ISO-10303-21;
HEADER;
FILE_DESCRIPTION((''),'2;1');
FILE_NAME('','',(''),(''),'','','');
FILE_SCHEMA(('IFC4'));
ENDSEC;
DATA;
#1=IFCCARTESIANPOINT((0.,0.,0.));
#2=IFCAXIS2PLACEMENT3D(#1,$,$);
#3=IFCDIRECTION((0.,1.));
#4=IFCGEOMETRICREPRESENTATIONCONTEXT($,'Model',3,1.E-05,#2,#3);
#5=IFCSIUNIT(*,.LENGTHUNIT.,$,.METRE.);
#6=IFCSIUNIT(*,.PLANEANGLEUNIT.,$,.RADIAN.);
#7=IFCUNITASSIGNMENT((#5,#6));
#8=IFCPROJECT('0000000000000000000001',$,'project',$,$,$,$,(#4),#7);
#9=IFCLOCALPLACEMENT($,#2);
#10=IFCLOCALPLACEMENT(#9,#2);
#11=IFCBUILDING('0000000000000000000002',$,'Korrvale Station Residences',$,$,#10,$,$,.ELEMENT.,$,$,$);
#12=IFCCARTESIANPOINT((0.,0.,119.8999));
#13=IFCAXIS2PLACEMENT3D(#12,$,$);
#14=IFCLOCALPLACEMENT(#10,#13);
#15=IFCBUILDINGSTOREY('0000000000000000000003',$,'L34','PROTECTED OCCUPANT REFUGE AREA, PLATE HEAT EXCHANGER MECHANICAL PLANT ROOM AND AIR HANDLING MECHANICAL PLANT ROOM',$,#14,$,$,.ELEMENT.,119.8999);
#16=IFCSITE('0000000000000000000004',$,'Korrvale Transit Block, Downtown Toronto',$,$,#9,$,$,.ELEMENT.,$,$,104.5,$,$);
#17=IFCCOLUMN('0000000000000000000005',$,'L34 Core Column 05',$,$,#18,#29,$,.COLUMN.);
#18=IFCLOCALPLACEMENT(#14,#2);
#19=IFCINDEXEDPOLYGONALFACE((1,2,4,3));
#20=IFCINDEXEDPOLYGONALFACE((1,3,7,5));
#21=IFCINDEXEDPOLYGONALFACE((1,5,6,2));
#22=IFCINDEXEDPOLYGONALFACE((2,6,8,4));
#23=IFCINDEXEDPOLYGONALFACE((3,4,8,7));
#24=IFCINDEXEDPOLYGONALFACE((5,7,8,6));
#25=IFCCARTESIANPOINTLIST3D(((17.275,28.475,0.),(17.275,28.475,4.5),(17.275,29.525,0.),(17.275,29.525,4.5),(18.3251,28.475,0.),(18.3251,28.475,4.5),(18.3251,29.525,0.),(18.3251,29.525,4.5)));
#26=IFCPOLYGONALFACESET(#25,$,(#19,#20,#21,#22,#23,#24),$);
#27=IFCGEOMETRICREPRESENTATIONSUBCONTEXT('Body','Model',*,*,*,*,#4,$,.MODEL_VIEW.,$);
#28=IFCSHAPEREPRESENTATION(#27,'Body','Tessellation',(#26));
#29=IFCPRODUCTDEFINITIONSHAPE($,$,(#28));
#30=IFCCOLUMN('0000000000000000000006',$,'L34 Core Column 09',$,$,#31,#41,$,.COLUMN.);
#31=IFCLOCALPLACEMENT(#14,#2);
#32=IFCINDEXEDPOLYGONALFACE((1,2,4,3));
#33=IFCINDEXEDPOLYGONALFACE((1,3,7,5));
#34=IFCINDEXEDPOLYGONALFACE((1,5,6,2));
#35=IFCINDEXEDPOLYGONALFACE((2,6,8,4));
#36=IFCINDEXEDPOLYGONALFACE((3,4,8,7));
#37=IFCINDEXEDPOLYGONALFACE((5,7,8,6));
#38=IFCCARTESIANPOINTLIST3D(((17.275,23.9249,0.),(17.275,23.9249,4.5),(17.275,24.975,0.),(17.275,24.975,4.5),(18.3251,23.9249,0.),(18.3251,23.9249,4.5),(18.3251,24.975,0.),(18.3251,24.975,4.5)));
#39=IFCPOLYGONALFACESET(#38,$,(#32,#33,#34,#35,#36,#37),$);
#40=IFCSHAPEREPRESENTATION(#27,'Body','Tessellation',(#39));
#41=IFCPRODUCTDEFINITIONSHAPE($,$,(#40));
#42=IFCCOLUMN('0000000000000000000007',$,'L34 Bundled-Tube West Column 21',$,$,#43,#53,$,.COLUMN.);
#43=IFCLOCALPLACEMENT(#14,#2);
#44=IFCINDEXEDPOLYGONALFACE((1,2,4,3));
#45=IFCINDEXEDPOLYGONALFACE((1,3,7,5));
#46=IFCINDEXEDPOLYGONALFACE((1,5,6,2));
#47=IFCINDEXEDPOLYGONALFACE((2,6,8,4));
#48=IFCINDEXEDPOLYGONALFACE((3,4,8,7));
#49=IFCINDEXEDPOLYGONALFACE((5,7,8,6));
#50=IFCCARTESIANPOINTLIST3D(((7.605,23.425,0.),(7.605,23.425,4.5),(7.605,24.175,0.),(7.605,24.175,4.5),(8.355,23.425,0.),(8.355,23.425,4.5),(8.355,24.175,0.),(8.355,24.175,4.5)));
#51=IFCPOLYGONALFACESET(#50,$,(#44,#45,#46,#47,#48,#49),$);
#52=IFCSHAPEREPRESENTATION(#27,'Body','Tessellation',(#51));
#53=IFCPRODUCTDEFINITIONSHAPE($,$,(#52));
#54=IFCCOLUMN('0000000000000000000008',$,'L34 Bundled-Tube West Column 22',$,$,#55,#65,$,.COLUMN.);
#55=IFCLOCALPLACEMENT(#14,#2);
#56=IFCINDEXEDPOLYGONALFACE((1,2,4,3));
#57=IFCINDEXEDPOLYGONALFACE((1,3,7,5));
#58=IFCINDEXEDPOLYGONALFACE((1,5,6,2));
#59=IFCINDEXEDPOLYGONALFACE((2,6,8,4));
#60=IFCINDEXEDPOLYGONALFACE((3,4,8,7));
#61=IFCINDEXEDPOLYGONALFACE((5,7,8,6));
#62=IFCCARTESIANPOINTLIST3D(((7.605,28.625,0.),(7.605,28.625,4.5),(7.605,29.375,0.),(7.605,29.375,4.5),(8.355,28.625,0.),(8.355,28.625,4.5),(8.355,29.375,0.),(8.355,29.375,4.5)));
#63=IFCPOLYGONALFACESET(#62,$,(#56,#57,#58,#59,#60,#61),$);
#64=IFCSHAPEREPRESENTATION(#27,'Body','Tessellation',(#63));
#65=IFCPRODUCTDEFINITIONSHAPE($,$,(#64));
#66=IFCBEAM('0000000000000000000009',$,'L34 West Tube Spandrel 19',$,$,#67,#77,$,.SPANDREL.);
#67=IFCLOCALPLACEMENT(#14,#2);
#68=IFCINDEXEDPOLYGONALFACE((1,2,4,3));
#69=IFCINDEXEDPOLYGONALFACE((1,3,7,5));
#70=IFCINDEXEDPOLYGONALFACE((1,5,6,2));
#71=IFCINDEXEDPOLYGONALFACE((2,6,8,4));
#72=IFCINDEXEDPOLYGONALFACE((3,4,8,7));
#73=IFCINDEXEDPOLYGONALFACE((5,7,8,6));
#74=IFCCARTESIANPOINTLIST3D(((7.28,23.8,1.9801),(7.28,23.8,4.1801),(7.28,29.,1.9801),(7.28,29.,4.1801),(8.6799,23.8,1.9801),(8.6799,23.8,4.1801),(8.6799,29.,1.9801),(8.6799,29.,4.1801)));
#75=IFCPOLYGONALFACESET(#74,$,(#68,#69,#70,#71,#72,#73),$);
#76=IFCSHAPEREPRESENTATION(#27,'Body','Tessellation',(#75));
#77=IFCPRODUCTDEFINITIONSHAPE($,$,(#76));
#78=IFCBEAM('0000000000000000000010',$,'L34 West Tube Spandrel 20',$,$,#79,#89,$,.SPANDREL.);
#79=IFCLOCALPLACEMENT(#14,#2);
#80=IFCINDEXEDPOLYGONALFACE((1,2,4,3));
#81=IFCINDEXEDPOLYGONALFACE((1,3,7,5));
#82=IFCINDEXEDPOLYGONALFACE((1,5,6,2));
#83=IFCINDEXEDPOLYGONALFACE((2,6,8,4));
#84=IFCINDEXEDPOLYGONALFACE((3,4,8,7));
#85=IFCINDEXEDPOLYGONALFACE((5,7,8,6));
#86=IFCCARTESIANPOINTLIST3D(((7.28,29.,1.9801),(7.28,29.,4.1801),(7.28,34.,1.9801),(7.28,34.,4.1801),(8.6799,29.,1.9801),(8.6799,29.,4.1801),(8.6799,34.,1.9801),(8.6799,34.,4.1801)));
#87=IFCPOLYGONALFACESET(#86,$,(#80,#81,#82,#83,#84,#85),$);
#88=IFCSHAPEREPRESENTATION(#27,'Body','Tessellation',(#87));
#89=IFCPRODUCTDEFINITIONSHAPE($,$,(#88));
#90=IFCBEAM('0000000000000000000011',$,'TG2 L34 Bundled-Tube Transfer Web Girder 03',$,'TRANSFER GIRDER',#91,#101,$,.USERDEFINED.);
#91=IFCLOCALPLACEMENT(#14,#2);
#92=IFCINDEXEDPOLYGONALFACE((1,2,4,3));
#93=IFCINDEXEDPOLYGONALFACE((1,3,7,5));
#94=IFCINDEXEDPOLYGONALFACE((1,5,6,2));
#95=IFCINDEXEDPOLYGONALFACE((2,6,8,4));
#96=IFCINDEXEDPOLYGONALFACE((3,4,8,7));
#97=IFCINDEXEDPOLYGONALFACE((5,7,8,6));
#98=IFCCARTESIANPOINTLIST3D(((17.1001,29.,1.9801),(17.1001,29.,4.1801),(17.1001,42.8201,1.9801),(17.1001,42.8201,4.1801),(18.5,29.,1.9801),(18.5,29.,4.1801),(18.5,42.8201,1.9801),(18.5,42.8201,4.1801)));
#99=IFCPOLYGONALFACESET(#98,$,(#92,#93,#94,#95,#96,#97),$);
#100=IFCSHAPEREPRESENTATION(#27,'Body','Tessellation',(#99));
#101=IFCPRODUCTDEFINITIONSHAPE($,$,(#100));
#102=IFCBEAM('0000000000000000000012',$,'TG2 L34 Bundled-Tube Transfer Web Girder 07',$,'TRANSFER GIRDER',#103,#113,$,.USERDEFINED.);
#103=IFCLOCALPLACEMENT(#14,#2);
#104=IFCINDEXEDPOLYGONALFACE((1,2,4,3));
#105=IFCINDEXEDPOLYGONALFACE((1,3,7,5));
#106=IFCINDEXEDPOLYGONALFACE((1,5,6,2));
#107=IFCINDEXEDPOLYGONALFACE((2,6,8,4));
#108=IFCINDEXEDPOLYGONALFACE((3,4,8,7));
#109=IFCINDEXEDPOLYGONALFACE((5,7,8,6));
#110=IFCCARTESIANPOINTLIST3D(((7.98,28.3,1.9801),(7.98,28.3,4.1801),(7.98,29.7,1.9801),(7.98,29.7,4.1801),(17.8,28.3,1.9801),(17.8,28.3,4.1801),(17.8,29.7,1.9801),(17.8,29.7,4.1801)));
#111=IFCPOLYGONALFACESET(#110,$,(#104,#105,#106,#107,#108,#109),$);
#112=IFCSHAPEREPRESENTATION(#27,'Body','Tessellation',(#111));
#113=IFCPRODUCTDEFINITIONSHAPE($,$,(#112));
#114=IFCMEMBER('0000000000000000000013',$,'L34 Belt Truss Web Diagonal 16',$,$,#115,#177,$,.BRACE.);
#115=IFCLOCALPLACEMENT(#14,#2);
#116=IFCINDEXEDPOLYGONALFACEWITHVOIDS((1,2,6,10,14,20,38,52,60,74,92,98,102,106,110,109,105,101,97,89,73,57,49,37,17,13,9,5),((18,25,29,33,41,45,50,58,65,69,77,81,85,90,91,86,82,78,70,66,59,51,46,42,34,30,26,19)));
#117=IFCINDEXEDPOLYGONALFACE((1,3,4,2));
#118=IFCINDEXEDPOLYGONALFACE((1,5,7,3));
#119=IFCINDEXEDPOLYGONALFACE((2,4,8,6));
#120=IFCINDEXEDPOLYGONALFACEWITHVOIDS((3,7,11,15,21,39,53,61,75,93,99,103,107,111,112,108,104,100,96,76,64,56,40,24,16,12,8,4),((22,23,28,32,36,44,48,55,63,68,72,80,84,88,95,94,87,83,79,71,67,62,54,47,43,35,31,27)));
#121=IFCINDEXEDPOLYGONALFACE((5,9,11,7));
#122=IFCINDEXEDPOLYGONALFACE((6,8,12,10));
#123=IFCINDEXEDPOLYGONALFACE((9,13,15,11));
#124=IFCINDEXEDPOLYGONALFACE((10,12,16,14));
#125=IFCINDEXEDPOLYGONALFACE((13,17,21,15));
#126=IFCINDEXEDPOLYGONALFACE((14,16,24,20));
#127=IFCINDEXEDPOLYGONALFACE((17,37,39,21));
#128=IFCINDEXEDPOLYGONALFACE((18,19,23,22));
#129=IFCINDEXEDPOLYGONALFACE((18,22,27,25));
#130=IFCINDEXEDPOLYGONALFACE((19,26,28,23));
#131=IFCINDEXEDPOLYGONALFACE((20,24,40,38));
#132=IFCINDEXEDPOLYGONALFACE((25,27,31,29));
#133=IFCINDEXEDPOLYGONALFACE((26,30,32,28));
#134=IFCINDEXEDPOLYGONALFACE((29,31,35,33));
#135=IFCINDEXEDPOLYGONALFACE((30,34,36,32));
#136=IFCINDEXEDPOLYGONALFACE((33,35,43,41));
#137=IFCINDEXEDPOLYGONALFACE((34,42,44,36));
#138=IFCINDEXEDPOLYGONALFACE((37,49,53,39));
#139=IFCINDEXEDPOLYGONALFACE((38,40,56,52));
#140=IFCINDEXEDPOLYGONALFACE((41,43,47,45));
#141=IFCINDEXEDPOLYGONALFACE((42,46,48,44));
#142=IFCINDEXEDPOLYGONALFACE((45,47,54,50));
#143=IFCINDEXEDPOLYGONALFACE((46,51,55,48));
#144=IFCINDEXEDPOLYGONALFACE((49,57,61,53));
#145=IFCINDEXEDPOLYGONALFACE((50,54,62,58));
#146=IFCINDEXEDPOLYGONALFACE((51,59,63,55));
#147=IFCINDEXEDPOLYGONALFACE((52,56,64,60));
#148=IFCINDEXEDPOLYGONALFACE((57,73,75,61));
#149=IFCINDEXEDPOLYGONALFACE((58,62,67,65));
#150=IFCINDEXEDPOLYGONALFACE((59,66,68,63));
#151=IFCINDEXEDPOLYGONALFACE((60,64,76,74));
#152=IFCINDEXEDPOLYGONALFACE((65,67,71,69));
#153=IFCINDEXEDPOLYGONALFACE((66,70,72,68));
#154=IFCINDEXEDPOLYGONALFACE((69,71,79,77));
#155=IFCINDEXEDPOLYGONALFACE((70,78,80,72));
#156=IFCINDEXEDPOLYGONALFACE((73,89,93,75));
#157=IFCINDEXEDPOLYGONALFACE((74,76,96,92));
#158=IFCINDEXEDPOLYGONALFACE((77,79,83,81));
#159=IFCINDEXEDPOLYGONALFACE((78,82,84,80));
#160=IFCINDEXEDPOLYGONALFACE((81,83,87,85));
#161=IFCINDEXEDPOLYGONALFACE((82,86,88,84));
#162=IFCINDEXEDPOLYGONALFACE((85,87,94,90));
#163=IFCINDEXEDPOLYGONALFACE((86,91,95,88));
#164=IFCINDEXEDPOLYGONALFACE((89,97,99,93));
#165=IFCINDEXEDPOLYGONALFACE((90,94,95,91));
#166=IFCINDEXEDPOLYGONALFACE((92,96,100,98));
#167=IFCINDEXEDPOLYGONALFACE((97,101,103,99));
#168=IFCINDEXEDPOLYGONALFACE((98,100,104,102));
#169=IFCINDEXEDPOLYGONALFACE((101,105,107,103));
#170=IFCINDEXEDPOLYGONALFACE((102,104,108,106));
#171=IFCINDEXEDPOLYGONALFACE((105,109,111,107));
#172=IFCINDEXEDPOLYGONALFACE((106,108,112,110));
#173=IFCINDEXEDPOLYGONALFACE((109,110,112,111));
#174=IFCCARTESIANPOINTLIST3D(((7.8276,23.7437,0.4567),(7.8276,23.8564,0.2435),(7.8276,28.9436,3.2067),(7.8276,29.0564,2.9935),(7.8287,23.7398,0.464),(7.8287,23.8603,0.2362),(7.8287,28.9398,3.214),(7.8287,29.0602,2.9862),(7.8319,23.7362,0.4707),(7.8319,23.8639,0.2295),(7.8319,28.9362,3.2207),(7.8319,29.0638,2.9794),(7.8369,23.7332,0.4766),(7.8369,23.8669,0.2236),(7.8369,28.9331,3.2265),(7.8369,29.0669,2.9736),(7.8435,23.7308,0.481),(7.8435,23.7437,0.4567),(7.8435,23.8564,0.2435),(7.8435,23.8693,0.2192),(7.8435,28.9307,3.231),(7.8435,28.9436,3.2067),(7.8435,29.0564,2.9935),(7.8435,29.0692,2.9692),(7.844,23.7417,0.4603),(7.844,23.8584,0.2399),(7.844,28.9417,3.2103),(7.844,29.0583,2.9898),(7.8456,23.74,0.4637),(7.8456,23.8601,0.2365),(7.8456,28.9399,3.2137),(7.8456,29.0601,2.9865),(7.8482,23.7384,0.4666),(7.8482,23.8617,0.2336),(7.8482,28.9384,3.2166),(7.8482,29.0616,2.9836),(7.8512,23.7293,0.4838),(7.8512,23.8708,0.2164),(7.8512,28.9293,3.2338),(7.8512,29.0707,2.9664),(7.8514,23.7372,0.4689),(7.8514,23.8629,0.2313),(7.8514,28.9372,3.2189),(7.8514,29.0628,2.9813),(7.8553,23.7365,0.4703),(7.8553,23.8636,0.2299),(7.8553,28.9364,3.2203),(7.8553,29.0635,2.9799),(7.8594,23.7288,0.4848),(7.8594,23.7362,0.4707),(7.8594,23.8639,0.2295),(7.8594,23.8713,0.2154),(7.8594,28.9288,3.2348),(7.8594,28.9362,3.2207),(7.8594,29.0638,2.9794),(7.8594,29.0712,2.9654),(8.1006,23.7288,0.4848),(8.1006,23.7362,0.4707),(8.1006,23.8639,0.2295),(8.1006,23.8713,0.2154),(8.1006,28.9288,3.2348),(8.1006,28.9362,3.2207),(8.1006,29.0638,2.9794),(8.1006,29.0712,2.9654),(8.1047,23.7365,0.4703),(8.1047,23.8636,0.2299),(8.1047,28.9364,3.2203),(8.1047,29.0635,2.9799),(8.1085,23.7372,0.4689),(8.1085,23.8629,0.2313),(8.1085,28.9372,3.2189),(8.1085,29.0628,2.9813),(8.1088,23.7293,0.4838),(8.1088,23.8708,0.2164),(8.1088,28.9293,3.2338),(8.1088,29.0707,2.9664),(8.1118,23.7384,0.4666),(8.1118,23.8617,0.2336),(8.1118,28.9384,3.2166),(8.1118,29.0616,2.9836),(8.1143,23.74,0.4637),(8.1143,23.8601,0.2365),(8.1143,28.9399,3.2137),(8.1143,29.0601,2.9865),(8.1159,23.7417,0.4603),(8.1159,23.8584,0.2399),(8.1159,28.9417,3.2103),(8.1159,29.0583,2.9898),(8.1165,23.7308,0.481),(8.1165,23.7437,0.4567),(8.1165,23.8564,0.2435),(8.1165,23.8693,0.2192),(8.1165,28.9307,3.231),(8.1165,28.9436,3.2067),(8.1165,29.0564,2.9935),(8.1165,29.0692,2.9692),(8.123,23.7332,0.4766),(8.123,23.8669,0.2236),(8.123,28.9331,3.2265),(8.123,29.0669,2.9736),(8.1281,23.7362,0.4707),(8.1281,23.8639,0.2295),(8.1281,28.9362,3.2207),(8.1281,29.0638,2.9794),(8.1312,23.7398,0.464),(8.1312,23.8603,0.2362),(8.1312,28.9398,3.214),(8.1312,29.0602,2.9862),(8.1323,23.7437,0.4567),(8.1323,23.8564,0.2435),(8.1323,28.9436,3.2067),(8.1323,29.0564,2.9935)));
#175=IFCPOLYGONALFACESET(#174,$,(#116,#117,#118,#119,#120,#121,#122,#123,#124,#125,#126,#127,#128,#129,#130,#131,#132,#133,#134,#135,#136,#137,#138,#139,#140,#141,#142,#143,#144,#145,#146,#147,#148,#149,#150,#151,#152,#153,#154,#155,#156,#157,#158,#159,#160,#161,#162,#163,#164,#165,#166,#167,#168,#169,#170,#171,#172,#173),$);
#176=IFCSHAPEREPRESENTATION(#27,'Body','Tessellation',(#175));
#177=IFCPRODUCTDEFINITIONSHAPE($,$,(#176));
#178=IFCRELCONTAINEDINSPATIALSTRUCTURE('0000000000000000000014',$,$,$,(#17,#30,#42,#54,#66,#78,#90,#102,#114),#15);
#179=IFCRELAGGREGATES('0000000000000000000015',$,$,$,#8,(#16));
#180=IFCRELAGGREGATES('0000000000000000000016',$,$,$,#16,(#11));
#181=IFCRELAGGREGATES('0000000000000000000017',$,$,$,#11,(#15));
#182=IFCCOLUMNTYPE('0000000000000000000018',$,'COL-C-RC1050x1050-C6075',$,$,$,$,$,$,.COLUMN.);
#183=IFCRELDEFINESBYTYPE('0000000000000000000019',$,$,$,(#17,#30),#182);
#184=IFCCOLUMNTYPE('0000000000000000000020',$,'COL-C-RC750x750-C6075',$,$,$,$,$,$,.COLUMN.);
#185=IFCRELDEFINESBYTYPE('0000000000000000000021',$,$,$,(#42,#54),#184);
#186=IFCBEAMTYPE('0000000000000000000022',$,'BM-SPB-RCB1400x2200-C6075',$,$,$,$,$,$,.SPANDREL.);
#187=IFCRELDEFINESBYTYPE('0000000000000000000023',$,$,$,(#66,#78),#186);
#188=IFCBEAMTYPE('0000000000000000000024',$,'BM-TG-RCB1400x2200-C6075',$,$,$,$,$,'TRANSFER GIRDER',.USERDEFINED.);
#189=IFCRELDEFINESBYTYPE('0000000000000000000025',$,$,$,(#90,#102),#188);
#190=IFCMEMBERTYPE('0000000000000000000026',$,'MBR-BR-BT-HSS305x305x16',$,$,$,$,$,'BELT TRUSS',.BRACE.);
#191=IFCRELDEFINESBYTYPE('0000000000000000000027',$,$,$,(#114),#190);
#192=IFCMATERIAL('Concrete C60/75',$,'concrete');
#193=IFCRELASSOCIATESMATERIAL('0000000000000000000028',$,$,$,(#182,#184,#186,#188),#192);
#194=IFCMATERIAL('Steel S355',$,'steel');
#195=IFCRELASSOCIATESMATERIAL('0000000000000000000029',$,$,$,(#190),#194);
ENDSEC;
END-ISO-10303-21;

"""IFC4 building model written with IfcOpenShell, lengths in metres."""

from ifc_helpers import new_model, si_unit, direction, frame, origin, origin_2d, place, context, subcontext, project, spatial, rectangle, hollow_rectangle, extrude, material, material_profile, profile_set, type_object, element, save


model = new_model("IFC4")

# Units and contexts
model_context = context("Model", 3, precision=1e-05, world=origin(), true_north=direction((0.0, 1.0)))
body_context = subcontext(model_context, "Body", "Model", "MODEL_VIEW")
ifc_project = project(units=[si_unit("LENGTHUNIT", "METRE"), si_unit("PLANEANGLEUNIT", "RADIAN")], contexts=[model_context])

# Site, building, storey
site_placement = place(None, origin())
site = spatial("IfcSite", under=ifc_project, at=site_placement, Name="Korrvale Transit Block, Downtown Toronto", CompositionType="ELEMENT", RefElevation=104.5)
building_placement = place(site_placement, origin())
building = spatial("IfcBuilding", under=site, at=building_placement, Name="Korrvale Station Residences", CompositionType="ELEMENT")
storey_placement = place(building_placement, frame((0.0, 0.0, 119.8999)))
storey = spatial("IfcBuildingStorey", under=building, at=storey_placement, Name="L34", Description="PROTECTED OCCUPANT REFUGE AREA, PLATE HEAT EXCHANGER MECHANICAL PLANT ROOM AND AIR HANDLING MECHANICAL PLANT ROOM", CompositionType="ELEMENT", Elevation=119.8999)

# Columns
ifc_material_1 = material(Name="Concrete C60/75", Category="concrete")
ifc_material_profile_1 = material_profile(ifc_material_1, rectangle(XDim=1.05, YDim=1.05, at=origin_2d()), Name="RC1050x1050")
ifc_profile_set_1 = profile_set([ifc_material_profile_1], Name="Concrete C60/75")
column_type_1 = type_object("IfcColumnType", Name="COL-C-RC1050x1050-C6075", PredefinedType="COLUMN", material=ifc_profile_set_1)
for number, where, z_axis, x_axis, name in (
    (1, (17.8, 29.0, 0.0), (0.0, 0.0, 1.0), (1.0, 0.0, 0.0), "L34 Core Column 05"),
    (2, (17.8, 24.45, 0.0), (0.0, 0.0, 1.0), (1.0, 0.0, 0.0), "L34 Core Column 09"),
):
    element("IfcColumn", number, at=place(storey_placement, frame(where, z_axis=z_axis, x_axis=x_axis)), inside=storey, type_object=column_type_1, Name=name, PredefinedType="COLUMN", context=body_context, shape_type="SweptSolid", body=[
        extrude(rectangle(XDim=1.05, YDim=1.05, at=origin_2d()), origin(), (0.0, 0.0, 1.0), 4.5),
    ])
ifc_material_profile_2 = material_profile(ifc_material_1, rectangle(XDim=0.75, YDim=0.75, at=origin_2d()), Name="RC750x750")
ifc_profile_set_2 = profile_set([ifc_material_profile_2], Name="Concrete C60/75")
column_type_2 = type_object("IfcColumnType", Name="COL-C-RC750x750-C6075", PredefinedType="COLUMN", material=ifc_profile_set_2)
for number, where, z_axis, x_axis, name in (
    (3, (7.98, 23.8, 0.0), (0.0, 0.0, 1.0), (1.0, 0.0, 0.0), "L34 Bundled-Tube West Column 21"),
    (4, (7.98, 29.0, 0.0), (0.0, 0.0, 1.0), (1.0, 0.0, 0.0), "L34 Bundled-Tube West Column 22"),
):
    element("IfcColumn", number, at=place(storey_placement, frame(where, z_axis=z_axis, x_axis=x_axis)), inside=storey, type_object=column_type_2, Name=name, PredefinedType="COLUMN", context=body_context, shape_type="SweptSolid", body=[
        extrude(rectangle(XDim=0.75, YDim=0.75, at=origin_2d()), origin(), (0.0, 0.0, 1.0), 4.5),
    ])

# Beams
ifc_material_profile_3 = material_profile(ifc_material_1, rectangle(XDim=1.3999, YDim=2.2, at=origin_2d()), Name="RCB1400x2200")
ifc_profile_set_3 = profile_set([ifc_material_profile_3], Name="Concrete C60/75")
beam_type_1 = type_object("IfcBeamType", Name="BM-SPB-RCB1400x2200-C6075", PredefinedType="SPANDREL", material=ifc_profile_set_3)
beam_1_placement = place(storey_placement, frame((7.98, 23.8, 3.0801), z_axis=(0.0, 1.0, 0.0), x_axis=(-1.0, 0.0, 0.0)))
element("IfcBeam", 5, at=beam_1_placement, inside=storey, type_object=beam_type_1, Name="L34 West Tube Spandrel 19", PredefinedType="SPANDREL", context=body_context, shape_type="SweptSolid", body=[
    extrude(rectangle(XDim=1.3999, YDim=2.2, at=origin_2d()), origin(), (0.0, 0.0, 1.0), 5.2),
])
beam_2_placement = place(storey_placement, frame((7.98, 29.0, 3.0801), z_axis=(0.0, 1.0, 0.0), x_axis=(-1.0, 0.0, 0.0)))
element("IfcBeam", 6, at=beam_2_placement, inside=storey, type_object=beam_type_1, Name="L34 West Tube Spandrel 20", PredefinedType="SPANDREL", context=body_context, shape_type="SweptSolid", body=[
    extrude(rectangle(XDim=1.3999, YDim=2.2, at=origin_2d()), origin(), (0.0, 0.0, 1.0), 5.0),
])
ifc_material_profile_4 = material_profile(ifc_material_1, rectangle(XDim=1.3999, YDim=2.2, at=origin_2d()), Name="RCB1400x2200")
ifc_profile_set_4 = profile_set([ifc_material_profile_4], Name="Concrete C60/75")
beam_type_2 = type_object("IfcBeamType", Name="BM-TG-RCB1400x2200-C6075", ElementType="TRANSFER GIRDER", PredefinedType="USERDEFINED", material=ifc_profile_set_4)
beam_3_placement = place(storey_placement, frame((17.8, 29.0, 3.0801), z_axis=(0.0, 1.0, 0.0), x_axis=(-1.0, 0.0, 0.0)))
element("IfcBeam", 7, at=beam_3_placement, inside=storey, type_object=beam_type_2, Name="TG2 L34 Bundled-Tube Transfer Web Girder 03", ObjectType="TRANSFER GIRDER", PredefinedType="USERDEFINED", context=body_context, shape_type="SweptSolid", body=[
    extrude(rectangle(XDim=1.3999, YDim=2.2, at=origin_2d()), origin(), (0.0, 0.0, 1.0), 13.8201),
])
beam_4_placement = place(storey_placement, frame((7.98, 29.0, 3.0801), z_axis=(1.0, 0.0, 0.0), x_axis=(0.0, 1.0, 0.0)))
element("IfcBeam", 8, at=beam_4_placement, inside=storey, type_object=beam_type_2, Name="TG2 L34 Bundled-Tube Transfer Web Girder 07", ObjectType="TRANSFER GIRDER", PredefinedType="USERDEFINED", context=body_context, shape_type="SweptSolid", body=[
    extrude(rectangle(XDim=1.3999, YDim=2.2, at=origin_2d()), origin(), (0.0, 0.0, 1.0), 9.8201),
])

# Member
ifc_material_2 = material(Name="Steel S355", Category="steel")
ifc_material_profile_5 = material_profile(ifc_material_2, hollow_rectangle(XDim=0.3047, YDim=0.3047, WallThickness=0.0159, InnerFilletRadius=0.0159, OuterFilletRadius=0.0317, at=origin_2d()), Name="HSS305x305x16")
ifc_profile_set_5 = profile_set([ifc_material_profile_5], Name="Steel S355")
member_type_1 = type_object("IfcMemberType", Name="MBR-BR-BT-HSS305x305x16", ElementType="BELT TRUSS", PredefinedType="BRACE", material=ifc_profile_set_5)
member_1_placement = place(storey_placement, frame((7.98, 23.8, 0.3501), z_axis=(0.0, 0.883993, 0.467501), x_axis=(-1.0, 0.0, 0.0)))
element("IfcMember", 9, at=member_1_placement, inside=storey, type_object=member_type_1, Name="L34 Belt Truss Web Diagonal 16", PredefinedType="BRACE", context=body_context, shape_type="SweptSolid", body=[
    extrude(hollow_rectangle(XDim=0.3047, YDim=0.3047, WallThickness=0.0159, InnerFilletRadius=0.0159, OuterFilletRadius=0.0317, at=origin_2d()), origin(), (0.0, 0.0, 1.0), 5.8823),
])

save(model, "model.ifc")
